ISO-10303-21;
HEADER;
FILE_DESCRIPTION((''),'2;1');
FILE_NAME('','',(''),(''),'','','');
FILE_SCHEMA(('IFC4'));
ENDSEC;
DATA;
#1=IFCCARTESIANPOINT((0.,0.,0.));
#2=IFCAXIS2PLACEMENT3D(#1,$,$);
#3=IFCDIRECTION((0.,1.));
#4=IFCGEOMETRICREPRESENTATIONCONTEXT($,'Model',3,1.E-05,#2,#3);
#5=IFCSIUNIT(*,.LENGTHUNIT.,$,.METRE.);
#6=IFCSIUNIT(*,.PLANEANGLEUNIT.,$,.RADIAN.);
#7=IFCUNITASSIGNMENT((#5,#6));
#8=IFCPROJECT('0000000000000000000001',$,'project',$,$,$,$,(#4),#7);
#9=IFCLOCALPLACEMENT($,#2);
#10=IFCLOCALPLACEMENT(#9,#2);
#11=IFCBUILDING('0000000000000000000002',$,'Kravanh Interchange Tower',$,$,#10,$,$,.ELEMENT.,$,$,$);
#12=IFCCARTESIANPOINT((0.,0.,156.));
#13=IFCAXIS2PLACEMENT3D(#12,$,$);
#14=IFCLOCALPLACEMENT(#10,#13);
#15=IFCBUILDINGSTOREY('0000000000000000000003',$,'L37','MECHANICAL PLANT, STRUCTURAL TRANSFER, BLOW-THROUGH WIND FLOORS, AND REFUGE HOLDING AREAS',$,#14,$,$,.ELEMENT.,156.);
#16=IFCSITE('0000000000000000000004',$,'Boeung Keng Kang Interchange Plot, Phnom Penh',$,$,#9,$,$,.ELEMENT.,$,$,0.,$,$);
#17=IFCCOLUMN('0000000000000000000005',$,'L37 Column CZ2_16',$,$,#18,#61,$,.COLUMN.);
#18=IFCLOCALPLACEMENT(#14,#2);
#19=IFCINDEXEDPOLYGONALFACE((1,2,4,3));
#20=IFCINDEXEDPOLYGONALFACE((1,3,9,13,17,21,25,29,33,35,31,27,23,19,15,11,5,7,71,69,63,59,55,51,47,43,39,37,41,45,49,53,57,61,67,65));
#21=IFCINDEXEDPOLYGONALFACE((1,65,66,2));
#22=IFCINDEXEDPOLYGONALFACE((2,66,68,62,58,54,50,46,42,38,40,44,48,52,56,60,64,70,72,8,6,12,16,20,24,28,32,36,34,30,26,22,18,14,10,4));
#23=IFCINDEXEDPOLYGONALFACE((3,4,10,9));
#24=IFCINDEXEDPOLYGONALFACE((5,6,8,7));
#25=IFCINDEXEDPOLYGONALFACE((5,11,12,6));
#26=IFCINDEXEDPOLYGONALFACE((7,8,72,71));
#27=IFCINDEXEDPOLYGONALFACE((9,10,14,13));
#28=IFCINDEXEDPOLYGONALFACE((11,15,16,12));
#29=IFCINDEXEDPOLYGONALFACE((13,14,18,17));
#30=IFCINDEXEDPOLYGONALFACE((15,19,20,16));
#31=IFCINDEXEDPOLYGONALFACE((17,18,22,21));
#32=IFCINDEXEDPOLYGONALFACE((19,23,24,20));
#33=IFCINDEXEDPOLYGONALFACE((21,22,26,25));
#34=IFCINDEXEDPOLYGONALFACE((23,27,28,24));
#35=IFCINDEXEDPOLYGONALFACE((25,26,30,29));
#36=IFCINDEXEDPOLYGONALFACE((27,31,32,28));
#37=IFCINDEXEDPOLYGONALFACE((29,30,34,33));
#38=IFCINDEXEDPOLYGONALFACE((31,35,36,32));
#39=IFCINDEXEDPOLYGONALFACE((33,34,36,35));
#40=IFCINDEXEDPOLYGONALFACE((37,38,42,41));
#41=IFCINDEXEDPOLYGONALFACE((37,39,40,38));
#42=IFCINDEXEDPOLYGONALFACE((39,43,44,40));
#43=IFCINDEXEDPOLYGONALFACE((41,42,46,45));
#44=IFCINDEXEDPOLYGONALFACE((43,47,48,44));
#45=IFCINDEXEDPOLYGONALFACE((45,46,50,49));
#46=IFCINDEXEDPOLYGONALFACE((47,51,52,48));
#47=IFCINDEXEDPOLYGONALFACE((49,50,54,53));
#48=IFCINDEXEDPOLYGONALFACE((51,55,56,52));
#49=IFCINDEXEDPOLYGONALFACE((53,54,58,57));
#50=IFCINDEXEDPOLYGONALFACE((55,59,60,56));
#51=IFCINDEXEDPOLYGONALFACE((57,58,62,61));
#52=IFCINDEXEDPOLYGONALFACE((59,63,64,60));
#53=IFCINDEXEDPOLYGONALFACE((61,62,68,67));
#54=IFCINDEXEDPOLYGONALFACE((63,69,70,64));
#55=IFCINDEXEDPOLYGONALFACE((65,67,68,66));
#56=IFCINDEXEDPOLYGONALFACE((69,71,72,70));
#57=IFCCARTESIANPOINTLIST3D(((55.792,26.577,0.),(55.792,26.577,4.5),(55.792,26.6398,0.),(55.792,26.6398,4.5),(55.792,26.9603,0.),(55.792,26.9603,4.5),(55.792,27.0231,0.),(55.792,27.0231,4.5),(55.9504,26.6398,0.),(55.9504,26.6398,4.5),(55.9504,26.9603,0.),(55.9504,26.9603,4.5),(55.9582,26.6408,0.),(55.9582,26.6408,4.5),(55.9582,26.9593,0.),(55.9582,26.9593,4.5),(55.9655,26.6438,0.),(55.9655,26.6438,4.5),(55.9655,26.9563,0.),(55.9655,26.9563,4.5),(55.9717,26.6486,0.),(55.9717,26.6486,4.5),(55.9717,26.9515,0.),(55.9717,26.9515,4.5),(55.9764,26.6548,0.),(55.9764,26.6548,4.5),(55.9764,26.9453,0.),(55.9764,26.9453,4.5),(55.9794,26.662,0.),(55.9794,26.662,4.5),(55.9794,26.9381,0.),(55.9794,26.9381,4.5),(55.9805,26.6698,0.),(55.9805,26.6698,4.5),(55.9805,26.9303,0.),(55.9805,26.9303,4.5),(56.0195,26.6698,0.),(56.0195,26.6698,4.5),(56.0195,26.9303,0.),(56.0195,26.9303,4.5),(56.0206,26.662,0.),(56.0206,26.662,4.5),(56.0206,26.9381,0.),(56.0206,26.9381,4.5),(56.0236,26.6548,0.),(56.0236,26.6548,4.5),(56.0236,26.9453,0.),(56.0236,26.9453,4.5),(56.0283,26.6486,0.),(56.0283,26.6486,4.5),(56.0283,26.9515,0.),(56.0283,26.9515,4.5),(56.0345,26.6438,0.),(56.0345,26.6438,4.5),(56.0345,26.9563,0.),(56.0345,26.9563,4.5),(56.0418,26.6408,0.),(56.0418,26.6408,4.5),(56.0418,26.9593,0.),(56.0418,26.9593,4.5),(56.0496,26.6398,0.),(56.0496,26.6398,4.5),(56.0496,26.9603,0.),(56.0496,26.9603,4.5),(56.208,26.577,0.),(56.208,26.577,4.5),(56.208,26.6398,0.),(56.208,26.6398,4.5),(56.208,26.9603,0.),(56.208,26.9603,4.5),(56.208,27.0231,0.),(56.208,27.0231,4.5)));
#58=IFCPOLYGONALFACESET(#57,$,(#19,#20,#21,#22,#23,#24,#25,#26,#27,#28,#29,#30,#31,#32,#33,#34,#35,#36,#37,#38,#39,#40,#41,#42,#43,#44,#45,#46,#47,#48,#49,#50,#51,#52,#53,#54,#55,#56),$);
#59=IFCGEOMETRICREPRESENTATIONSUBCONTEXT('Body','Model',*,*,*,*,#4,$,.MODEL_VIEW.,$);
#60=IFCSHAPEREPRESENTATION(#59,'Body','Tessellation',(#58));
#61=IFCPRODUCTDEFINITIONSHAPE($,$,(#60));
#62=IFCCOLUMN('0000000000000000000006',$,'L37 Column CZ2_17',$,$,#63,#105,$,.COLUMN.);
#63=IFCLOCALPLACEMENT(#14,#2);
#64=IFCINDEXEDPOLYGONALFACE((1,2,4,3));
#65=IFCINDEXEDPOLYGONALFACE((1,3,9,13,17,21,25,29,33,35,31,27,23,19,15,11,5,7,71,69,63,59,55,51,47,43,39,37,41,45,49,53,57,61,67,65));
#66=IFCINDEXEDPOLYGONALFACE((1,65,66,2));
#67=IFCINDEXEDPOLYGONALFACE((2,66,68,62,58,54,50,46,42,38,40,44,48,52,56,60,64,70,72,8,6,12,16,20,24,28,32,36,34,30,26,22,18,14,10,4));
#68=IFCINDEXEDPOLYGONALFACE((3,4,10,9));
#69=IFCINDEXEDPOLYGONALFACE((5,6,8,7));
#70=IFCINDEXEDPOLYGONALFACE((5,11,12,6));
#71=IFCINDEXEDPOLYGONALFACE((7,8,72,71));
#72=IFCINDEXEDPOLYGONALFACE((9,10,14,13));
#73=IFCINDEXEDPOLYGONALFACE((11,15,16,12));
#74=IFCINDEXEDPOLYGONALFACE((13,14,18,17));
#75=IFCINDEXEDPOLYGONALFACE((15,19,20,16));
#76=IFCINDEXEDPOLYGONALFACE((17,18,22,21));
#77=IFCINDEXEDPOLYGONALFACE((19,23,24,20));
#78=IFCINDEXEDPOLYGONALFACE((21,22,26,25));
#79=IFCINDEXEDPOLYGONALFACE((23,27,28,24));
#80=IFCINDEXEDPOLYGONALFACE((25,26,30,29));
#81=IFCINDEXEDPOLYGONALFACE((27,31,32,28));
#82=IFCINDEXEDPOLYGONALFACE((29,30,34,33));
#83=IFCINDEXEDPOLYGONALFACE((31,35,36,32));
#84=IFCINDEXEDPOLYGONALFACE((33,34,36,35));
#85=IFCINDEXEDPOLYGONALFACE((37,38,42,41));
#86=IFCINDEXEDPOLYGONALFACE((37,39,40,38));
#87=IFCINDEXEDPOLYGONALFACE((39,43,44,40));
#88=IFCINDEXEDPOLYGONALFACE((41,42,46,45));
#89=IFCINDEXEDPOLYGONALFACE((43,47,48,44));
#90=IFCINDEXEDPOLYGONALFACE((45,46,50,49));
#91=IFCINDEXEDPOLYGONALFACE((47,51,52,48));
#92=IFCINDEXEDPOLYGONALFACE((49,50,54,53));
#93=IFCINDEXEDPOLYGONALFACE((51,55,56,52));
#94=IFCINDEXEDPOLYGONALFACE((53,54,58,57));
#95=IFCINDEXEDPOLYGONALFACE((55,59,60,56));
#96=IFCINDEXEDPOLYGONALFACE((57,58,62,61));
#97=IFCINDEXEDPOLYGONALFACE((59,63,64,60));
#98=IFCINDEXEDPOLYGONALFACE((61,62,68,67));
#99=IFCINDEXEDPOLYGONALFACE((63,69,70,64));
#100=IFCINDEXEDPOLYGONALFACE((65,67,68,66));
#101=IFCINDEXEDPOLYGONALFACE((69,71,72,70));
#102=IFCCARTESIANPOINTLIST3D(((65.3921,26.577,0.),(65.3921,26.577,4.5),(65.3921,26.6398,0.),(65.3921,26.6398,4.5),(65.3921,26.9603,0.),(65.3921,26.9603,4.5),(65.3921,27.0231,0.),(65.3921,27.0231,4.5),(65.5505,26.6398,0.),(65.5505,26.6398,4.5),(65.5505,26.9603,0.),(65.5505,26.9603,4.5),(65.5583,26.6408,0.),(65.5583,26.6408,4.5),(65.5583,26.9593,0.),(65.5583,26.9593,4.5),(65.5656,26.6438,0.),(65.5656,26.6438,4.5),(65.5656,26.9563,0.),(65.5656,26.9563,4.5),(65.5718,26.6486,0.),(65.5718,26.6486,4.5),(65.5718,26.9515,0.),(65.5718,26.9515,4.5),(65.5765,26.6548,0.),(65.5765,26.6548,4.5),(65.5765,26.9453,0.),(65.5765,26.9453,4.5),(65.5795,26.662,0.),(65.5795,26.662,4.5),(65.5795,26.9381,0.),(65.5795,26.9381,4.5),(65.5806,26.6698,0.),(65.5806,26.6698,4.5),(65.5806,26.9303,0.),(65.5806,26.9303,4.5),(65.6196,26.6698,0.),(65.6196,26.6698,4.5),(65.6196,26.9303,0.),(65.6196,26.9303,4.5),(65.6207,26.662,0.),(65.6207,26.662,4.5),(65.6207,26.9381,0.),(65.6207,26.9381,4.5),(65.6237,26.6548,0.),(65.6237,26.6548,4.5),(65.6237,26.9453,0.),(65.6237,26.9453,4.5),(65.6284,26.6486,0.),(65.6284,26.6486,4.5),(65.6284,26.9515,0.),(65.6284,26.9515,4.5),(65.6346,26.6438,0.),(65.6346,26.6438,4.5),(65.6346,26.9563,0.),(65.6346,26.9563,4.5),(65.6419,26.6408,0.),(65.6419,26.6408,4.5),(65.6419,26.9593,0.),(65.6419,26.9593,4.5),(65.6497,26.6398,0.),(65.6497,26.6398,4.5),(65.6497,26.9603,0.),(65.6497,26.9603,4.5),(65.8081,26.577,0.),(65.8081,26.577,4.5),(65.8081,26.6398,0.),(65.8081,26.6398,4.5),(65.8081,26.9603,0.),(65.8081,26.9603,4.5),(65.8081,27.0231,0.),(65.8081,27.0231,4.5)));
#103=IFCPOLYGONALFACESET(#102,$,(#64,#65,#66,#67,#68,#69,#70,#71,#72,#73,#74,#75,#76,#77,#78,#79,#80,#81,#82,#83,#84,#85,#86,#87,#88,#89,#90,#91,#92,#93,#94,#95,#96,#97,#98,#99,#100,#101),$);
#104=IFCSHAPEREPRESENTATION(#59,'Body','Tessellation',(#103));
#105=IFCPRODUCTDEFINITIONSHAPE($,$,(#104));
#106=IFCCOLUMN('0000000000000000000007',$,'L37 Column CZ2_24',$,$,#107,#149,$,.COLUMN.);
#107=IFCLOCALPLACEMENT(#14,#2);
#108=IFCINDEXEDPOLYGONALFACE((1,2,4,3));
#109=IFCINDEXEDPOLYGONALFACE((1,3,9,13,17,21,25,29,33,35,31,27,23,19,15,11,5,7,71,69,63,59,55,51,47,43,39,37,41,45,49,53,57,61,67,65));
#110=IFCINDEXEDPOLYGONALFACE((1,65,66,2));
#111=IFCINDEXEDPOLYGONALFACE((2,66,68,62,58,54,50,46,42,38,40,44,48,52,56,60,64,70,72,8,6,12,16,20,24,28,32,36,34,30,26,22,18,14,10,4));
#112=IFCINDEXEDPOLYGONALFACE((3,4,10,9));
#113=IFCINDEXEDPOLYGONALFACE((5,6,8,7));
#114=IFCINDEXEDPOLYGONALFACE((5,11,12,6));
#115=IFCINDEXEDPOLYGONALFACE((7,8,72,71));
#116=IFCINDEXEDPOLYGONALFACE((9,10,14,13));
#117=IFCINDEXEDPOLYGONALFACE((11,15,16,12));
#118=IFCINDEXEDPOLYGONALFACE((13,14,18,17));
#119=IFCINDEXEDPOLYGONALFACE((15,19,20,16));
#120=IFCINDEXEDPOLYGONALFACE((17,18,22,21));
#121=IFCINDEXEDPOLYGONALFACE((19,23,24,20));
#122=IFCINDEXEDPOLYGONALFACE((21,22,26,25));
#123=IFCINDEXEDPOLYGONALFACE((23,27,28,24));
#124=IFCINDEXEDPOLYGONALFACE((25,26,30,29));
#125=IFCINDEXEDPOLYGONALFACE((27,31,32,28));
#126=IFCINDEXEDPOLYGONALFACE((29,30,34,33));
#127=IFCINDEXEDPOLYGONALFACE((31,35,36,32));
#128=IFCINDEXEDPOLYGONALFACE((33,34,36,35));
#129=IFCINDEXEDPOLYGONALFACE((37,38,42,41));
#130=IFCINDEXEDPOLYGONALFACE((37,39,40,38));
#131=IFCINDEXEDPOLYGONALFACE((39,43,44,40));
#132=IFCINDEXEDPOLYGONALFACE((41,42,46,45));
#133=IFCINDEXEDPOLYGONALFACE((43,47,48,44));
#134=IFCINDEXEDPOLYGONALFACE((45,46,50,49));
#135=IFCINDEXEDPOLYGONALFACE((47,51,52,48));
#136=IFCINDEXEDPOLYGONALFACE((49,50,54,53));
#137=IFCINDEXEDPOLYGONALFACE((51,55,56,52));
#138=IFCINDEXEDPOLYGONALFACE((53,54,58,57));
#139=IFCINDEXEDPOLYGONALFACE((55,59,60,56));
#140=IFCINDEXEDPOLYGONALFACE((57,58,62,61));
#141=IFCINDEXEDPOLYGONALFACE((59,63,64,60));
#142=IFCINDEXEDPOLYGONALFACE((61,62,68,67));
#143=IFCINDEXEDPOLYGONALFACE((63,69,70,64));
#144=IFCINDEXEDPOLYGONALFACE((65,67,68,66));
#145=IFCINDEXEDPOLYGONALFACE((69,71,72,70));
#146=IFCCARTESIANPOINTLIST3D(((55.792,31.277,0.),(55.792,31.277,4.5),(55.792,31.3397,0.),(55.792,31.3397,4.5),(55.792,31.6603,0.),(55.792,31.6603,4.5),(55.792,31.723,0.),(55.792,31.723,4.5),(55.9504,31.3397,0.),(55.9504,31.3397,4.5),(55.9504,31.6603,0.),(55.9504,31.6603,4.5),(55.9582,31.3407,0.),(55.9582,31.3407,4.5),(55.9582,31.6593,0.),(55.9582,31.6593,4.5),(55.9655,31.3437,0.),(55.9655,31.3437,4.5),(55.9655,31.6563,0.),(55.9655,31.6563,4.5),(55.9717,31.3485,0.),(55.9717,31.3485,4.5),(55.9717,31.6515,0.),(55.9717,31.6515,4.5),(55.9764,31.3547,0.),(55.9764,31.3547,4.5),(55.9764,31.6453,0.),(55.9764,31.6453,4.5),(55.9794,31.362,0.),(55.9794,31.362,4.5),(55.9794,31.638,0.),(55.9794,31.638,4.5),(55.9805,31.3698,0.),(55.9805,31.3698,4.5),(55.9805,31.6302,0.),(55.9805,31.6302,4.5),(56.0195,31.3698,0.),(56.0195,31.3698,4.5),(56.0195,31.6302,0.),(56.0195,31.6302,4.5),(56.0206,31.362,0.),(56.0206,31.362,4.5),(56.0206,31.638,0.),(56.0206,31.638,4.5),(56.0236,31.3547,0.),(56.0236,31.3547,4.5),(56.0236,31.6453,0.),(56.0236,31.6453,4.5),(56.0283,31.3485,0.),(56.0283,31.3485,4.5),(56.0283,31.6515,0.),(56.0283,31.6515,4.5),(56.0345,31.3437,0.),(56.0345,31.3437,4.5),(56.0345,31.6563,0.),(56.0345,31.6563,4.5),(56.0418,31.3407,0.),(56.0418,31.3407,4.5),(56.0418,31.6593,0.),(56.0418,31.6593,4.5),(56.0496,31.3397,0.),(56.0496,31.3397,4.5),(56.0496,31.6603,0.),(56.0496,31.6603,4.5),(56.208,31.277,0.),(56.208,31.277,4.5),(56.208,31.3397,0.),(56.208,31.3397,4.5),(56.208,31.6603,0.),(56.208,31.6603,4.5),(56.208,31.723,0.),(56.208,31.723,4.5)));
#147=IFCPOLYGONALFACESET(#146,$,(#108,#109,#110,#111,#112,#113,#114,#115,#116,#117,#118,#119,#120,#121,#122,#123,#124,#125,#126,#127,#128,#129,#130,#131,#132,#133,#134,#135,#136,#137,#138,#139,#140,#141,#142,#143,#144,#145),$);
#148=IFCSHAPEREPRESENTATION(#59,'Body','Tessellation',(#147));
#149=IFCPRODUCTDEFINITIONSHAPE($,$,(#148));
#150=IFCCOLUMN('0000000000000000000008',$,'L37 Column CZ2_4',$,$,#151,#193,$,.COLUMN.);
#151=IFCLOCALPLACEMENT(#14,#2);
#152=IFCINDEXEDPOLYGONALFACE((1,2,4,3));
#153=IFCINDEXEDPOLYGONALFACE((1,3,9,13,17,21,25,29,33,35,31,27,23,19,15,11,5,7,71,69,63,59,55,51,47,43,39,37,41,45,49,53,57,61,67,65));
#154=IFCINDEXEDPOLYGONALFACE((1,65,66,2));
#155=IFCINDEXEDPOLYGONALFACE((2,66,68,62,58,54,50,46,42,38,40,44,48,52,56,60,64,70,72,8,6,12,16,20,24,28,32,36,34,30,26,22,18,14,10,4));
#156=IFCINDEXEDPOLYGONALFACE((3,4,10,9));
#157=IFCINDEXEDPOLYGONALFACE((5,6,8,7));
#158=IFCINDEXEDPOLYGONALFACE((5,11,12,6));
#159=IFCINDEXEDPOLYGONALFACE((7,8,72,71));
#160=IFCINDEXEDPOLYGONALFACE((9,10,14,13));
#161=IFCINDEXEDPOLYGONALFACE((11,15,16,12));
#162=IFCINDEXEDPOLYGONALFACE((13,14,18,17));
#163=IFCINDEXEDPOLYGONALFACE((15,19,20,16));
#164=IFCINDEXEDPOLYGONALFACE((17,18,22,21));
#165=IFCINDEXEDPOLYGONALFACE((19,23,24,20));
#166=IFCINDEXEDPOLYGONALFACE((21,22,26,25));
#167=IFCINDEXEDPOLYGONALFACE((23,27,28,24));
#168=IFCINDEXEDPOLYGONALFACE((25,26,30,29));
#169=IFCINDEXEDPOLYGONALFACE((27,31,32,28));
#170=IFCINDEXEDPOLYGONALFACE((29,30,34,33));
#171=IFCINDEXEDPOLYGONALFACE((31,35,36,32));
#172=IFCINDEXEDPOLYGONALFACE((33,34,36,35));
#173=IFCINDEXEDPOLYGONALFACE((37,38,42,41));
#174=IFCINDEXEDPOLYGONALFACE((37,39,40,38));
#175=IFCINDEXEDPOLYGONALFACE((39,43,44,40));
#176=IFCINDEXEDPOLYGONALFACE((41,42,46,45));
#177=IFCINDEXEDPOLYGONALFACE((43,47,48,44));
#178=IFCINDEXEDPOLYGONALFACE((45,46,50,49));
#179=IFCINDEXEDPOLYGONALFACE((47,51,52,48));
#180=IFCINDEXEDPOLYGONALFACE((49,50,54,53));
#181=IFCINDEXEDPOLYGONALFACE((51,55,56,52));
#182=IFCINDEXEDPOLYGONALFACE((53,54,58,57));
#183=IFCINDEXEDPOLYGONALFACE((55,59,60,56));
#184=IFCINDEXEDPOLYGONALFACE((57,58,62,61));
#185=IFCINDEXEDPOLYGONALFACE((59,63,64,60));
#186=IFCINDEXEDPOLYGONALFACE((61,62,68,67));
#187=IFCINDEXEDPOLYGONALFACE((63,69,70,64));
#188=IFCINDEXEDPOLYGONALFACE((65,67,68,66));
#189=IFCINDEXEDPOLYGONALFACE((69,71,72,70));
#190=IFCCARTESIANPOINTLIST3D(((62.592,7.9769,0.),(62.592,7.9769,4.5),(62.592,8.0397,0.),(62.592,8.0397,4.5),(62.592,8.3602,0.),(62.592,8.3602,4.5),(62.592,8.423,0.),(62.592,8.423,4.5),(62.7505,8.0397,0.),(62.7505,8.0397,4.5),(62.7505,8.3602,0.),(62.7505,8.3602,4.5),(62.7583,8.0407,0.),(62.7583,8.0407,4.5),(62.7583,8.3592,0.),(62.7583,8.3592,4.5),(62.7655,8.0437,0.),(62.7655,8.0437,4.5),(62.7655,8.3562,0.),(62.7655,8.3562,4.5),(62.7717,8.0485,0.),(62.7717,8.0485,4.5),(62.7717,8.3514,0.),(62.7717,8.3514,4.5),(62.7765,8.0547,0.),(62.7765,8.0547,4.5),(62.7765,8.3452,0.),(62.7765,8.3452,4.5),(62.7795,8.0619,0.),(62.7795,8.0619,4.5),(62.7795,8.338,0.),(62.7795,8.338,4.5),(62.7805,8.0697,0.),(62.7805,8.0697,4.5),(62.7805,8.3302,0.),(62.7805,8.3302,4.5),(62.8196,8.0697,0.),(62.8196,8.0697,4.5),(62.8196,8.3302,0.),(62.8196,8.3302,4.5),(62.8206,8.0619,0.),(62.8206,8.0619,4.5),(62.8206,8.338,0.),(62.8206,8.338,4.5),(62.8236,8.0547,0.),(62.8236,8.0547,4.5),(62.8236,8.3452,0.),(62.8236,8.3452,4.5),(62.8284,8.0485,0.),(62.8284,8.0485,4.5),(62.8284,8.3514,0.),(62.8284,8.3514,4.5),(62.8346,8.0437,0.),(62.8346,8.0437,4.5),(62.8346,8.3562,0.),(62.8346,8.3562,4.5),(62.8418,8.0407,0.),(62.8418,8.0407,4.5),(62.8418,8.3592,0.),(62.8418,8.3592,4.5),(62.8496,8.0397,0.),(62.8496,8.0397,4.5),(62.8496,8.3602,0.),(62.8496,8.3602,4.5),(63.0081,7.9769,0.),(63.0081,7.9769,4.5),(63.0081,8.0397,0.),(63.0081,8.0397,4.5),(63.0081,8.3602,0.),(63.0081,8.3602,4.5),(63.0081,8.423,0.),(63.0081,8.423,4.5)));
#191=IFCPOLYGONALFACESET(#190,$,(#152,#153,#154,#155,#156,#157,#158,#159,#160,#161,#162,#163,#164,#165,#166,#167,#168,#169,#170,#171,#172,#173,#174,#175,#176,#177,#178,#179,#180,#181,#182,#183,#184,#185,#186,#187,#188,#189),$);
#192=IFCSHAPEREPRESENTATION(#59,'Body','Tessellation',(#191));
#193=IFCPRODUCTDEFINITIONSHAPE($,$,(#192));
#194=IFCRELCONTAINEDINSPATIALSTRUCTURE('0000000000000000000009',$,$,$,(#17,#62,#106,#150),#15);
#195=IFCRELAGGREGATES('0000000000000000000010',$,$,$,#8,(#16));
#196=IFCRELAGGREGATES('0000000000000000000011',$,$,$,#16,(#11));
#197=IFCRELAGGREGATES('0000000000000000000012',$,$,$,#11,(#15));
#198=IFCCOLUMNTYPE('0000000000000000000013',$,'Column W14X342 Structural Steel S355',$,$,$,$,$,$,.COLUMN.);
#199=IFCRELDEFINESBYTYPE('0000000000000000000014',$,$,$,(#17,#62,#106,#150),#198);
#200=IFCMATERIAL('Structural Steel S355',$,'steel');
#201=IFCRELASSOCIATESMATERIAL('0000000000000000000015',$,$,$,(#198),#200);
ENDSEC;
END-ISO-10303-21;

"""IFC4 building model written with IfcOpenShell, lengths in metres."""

from ifc_helpers import new_model, si_unit, direction, frame, origin, origin_2d, place, context, subcontext, project, spatial, i_section, extrude, material, material_profile, profile_set, type_object, element, save


model = new_model("IFC4")

# Units and contexts
model_context = context("Model", 3, precision=1e-05, world=origin(), true_north=direction((0.0, 1.0)))
body_context = subcontext(model_context, "Body", "Model", "MODEL_VIEW")
ifc_project = project(units=[si_unit("LENGTHUNIT", "METRE"), si_unit("PLANEANGLEUNIT", "RADIAN")], contexts=[model_context])

# Site, building, storey
site_placement = place(None, origin())
site = spatial("IfcSite", under=ifc_project, at=site_placement, Name="Boeung Keng Kang Interchange Plot, Phnom Penh", CompositionType="ELEMENT", RefElevation=0.0)
building_placement = place(site_placement, origin())
building = spatial("IfcBuilding", under=site, at=building_placement, Name="Kravanh Interchange Tower", CompositionType="ELEMENT")
storey_placement = place(building_placement, frame((0.0, 0.0, 156.0)))
storey = spatial("IfcBuildingStorey", under=building, at=storey_placement, Name="L37", Description="MECHANICAL PLANT, STRUCTURAL TRANSFER, BLOW-THROUGH WIND FLOORS, AND REFUGE HOLDING AREAS", CompositionType="ELEMENT", Elevation=156.0)

# Columns
ifc_material_1 = material(Name="Structural Steel S355", Category="steel")
ifc_material_profile_1 = material_profile(ifc_material_1, i_section(OverallWidth=0.416, OverallDepth=0.446, WebThickness=0.0391, FlangeThickness=0.0627, FilletRadius=0.03, at=origin_2d()), Name="W14X342")
ifc_profile_set_1 = profile_set([ifc_material_profile_1], Name="Structural Steel S355")
column_type = type_object("IfcColumnType", Name="Column W14X342 Structural Steel S355", PredefinedType="COLUMN", material=ifc_profile_set_1)
for number, where, z_axis, x_axis, name in (
    (1, (56.0, 26.8, 0.0), (0.0, 0.0, 1.0), (1.0, 0.0, 0.0), "L37 Column CZ2_16"),
    (2, (65.6001, 26.8, 0.0), (0.0, 0.0, 1.0), (1.0, 0.0, 0.0), "L37 Column CZ2_17"),
    (3, (56.0, 31.5, 0.0), (0.0, 0.0, 1.0), (1.0, 0.0, 0.0), "L37 Column CZ2_24"),
    (4, (62.8, 8.2, 0.0), (0.0, 0.0, 1.0), (1.0, 0.0, 0.0), "L37 Column CZ2_4"),
):
    element("IfcColumn", number, at=place(storey_placement, frame(where, z_axis=z_axis, x_axis=x_axis)), inside=storey, type_object=column_type, Name=name, PredefinedType="COLUMN", context=body_context, shape_type="SweptSolid", body=[
        extrude(i_section(OverallWidth=0.416, OverallDepth=0.446, WebThickness=0.0391, FlangeThickness=0.0627, FilletRadius=0.03, at=origin_2d()), origin(), (0.0, 0.0, 1.0), 4.5),
    ])

save(model, "model.ifc")
